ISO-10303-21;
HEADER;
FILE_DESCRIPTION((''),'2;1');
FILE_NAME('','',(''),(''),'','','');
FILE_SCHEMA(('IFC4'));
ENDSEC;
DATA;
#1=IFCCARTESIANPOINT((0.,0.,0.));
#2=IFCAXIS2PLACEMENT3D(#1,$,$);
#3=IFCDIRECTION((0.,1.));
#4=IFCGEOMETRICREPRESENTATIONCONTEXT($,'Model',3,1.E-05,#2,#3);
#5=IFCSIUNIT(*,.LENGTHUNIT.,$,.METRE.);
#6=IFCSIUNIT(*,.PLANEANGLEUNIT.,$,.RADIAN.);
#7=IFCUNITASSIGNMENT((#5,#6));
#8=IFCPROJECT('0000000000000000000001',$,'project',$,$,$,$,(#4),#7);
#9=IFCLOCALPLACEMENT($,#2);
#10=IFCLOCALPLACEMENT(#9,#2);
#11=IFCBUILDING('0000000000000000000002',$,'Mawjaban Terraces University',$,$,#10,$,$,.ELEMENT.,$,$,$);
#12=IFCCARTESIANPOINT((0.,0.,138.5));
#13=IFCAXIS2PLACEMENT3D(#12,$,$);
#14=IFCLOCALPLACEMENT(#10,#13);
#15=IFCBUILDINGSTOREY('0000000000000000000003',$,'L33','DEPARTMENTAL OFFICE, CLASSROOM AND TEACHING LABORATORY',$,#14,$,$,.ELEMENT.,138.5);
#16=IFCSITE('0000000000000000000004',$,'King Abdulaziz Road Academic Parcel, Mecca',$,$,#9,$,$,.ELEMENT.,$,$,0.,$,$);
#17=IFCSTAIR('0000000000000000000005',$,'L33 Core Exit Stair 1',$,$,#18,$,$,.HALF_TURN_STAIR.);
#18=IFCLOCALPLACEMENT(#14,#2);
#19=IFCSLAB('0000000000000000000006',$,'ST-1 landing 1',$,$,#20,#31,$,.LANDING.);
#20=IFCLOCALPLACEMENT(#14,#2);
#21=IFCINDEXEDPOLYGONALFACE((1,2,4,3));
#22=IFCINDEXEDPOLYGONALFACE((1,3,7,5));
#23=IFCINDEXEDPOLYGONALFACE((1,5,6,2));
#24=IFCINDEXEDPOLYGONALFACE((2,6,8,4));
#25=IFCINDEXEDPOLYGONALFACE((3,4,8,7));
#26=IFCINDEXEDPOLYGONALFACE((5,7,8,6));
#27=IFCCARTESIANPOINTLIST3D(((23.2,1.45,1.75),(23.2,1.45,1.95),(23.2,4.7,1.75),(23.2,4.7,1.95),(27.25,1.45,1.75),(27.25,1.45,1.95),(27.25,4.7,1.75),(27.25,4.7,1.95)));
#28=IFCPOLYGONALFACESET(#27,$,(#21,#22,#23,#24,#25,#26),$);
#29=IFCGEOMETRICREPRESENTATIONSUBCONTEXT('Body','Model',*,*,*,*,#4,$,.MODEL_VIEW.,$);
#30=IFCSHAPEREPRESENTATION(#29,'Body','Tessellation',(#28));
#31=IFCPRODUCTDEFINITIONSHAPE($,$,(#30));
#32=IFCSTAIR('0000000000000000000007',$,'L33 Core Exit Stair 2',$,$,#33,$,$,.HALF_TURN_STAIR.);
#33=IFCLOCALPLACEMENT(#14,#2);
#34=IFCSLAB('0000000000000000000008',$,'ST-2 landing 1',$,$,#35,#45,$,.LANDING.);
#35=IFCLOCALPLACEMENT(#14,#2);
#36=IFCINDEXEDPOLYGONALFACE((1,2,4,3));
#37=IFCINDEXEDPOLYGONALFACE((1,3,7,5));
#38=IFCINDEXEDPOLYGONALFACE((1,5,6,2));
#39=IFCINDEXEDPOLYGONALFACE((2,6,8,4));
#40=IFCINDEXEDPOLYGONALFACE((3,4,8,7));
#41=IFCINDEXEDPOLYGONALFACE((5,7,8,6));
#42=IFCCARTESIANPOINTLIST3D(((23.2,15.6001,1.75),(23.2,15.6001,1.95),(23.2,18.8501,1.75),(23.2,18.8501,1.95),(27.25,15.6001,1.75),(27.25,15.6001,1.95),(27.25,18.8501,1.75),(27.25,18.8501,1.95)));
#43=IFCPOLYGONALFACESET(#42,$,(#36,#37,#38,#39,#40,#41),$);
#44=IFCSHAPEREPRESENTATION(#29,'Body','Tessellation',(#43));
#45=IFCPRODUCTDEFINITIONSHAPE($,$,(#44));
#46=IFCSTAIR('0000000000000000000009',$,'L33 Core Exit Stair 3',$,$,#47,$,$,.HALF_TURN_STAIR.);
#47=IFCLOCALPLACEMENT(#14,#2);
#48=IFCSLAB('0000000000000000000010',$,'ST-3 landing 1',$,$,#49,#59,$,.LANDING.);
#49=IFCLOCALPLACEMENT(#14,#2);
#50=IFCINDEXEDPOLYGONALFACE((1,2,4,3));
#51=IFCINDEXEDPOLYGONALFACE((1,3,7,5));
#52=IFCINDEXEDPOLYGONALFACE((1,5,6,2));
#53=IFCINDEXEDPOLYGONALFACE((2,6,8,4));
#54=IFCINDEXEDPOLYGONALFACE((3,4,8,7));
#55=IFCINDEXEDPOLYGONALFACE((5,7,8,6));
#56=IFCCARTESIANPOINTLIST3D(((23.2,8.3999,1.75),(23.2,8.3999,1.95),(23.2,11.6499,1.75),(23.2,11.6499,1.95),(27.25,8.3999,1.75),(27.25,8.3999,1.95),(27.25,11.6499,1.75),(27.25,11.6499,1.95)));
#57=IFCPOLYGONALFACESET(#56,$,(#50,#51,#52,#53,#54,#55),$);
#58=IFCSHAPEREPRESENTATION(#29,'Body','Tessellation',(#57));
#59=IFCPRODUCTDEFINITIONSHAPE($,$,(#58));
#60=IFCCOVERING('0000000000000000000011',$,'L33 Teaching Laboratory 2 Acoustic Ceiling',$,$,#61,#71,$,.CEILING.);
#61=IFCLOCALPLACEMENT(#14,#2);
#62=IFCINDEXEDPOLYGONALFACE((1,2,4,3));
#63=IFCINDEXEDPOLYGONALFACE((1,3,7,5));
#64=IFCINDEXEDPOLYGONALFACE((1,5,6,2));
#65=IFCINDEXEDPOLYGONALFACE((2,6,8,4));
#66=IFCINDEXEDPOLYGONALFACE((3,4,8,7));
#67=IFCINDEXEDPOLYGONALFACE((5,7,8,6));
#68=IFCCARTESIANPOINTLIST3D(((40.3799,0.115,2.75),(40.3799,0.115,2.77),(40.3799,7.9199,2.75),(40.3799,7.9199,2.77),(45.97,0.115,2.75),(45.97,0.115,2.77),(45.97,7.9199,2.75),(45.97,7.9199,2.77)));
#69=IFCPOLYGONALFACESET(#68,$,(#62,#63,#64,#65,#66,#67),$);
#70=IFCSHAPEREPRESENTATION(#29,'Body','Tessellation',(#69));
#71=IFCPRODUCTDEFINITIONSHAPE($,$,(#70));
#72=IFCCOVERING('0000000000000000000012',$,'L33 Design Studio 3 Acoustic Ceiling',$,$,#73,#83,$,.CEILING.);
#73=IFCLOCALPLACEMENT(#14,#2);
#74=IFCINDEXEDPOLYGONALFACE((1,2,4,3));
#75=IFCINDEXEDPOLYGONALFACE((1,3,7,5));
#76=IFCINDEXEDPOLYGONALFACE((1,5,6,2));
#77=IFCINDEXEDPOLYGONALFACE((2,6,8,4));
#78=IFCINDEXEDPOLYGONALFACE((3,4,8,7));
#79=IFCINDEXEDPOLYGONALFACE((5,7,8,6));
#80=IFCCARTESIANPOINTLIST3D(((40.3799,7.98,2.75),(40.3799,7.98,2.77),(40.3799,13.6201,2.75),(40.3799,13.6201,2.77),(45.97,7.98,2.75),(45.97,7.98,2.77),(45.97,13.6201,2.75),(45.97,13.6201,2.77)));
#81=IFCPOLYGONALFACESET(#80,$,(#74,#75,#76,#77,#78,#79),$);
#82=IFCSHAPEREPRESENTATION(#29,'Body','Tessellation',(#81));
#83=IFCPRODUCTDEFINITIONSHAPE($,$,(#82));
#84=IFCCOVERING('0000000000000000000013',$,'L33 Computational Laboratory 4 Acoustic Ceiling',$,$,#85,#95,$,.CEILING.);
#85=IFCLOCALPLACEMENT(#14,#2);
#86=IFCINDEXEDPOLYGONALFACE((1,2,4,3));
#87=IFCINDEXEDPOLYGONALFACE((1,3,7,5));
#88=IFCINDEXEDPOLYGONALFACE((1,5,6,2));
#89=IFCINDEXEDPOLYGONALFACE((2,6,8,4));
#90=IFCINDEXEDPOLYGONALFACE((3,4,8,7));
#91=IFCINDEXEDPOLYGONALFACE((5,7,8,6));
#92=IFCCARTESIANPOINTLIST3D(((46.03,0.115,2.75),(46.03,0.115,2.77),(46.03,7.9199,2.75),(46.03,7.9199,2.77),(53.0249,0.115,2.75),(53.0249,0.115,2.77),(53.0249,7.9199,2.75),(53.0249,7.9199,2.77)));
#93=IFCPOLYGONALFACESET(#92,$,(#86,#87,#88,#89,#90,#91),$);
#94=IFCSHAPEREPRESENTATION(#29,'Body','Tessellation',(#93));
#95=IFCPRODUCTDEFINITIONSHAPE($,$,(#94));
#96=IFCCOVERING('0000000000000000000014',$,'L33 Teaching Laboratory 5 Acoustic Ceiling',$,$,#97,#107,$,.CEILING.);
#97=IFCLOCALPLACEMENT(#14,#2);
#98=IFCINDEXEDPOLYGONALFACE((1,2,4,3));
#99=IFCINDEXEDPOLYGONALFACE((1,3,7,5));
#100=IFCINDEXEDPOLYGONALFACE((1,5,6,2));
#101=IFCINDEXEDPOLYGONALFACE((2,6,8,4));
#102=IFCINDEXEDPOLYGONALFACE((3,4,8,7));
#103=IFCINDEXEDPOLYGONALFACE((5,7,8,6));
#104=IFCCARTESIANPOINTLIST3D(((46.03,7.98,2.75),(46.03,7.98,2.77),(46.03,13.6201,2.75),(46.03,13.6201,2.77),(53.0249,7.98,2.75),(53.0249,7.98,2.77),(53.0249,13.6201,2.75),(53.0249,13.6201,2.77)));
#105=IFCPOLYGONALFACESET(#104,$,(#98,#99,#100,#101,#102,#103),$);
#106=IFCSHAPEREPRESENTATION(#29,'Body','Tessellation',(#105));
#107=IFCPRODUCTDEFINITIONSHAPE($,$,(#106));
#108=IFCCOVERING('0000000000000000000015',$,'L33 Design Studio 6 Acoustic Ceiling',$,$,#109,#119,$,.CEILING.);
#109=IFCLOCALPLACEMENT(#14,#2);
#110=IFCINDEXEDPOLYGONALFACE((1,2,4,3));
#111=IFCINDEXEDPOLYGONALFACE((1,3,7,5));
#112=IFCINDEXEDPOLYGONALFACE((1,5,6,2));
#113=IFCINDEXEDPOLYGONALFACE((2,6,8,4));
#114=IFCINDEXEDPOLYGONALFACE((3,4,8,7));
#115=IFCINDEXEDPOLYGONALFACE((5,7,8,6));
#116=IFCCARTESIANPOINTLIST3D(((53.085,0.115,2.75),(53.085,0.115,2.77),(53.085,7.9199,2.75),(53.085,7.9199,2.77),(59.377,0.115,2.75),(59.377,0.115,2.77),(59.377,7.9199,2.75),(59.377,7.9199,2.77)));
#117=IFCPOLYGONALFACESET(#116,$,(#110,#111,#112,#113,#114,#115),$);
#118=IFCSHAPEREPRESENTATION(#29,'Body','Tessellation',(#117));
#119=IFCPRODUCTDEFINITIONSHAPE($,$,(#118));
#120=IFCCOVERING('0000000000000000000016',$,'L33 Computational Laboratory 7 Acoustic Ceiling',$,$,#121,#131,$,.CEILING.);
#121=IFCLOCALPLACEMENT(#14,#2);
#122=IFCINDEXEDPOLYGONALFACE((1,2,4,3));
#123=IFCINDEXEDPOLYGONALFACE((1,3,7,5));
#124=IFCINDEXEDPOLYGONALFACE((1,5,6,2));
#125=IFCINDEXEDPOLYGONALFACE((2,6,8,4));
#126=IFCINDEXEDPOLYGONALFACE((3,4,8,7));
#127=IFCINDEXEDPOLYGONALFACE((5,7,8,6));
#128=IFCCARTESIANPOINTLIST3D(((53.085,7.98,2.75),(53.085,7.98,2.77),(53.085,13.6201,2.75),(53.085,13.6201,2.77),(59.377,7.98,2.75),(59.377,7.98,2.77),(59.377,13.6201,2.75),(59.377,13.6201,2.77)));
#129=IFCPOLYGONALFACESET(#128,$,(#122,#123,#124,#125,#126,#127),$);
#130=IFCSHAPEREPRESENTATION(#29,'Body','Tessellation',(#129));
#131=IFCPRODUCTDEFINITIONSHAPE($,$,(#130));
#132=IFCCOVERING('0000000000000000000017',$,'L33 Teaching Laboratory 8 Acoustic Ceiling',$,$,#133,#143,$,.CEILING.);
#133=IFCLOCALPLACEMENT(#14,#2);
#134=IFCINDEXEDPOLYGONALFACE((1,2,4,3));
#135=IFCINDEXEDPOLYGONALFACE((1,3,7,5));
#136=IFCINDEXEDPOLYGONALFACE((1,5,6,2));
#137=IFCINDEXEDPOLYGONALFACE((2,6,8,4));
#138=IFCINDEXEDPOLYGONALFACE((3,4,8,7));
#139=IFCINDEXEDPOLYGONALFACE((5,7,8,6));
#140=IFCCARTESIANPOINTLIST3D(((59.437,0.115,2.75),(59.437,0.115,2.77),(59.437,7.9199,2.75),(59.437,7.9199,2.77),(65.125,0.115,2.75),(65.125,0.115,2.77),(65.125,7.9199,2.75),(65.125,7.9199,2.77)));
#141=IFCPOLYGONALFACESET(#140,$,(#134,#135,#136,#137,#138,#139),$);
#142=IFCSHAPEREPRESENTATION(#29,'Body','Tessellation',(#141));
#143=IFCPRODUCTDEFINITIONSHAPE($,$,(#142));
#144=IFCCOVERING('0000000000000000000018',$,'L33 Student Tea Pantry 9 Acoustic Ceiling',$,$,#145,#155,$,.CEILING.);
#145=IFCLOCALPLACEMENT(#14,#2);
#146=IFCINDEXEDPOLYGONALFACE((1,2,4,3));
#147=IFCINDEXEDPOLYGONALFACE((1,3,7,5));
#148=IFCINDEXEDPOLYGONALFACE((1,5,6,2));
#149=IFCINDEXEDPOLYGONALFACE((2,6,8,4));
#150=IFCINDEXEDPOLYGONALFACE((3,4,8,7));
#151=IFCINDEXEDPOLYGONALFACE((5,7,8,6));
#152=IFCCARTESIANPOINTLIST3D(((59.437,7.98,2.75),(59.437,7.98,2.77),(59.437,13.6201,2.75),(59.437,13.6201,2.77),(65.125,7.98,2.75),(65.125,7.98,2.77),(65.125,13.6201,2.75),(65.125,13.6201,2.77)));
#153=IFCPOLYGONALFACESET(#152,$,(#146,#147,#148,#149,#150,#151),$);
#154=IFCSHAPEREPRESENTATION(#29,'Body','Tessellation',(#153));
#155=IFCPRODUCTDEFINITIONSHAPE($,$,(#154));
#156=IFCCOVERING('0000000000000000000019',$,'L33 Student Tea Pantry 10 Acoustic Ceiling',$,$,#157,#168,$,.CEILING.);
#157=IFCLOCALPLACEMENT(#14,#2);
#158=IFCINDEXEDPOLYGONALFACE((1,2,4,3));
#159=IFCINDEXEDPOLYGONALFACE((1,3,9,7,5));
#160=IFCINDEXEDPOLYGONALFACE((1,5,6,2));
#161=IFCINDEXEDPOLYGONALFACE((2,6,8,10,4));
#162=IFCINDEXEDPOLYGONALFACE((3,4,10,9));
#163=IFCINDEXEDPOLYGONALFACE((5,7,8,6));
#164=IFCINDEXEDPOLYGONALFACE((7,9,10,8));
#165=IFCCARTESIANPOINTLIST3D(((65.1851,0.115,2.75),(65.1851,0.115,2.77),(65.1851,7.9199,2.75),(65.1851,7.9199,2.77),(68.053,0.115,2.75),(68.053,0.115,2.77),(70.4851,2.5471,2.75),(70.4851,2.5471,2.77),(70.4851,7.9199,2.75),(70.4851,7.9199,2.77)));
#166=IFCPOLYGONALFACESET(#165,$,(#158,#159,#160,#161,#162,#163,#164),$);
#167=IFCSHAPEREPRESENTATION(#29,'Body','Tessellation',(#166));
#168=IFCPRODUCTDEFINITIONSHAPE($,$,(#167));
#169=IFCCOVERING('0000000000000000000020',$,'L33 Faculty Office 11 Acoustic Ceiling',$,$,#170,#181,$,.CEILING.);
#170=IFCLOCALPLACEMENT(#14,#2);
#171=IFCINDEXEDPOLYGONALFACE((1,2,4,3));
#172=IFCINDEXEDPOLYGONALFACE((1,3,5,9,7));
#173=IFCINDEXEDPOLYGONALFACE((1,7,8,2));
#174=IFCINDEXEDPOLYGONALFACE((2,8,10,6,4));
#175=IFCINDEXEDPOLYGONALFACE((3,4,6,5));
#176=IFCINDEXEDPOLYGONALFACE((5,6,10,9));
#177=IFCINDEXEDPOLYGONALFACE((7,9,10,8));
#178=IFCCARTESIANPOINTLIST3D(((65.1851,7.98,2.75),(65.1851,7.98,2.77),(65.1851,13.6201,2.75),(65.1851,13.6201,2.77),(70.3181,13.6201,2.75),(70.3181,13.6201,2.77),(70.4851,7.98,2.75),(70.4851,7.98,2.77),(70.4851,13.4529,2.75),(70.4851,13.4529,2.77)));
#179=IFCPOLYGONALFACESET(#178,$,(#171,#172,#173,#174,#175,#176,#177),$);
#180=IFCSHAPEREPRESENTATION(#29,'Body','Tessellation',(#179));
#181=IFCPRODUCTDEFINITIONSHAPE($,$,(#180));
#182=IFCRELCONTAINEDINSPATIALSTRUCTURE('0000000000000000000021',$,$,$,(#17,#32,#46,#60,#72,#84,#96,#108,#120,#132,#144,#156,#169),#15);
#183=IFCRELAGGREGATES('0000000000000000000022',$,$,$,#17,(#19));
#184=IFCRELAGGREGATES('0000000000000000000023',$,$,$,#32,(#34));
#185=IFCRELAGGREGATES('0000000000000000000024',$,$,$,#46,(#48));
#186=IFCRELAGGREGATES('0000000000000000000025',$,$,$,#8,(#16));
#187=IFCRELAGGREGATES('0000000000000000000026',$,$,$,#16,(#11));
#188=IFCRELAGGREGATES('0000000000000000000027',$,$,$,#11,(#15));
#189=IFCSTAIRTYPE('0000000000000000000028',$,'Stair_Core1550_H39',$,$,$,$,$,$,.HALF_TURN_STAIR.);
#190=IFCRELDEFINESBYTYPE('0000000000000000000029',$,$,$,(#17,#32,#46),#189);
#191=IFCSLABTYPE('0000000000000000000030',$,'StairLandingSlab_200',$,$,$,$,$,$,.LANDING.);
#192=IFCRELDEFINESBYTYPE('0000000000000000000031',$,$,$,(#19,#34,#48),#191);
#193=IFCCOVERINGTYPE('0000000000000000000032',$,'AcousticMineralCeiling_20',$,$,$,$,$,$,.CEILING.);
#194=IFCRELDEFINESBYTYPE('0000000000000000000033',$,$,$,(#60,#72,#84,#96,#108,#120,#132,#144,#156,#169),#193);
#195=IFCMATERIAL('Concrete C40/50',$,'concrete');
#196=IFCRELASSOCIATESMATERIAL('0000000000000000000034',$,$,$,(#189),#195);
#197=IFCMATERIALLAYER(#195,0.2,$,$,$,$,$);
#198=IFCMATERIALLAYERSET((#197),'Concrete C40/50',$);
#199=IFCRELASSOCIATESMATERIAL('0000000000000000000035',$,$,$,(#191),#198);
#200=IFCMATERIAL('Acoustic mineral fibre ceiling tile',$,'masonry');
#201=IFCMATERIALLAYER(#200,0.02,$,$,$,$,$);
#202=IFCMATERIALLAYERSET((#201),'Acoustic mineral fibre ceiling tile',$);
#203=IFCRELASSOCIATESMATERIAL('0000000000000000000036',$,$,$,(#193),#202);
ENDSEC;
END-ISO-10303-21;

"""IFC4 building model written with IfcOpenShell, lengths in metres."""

from ifc_helpers import new_model, si_unit, direction, frame, origin, place, context, subcontext, project, spatial, polyline, outline, extrude, material, layer, layer_set, type_object, element, aggregate, save


model = new_model("IFC4")

# Units and contexts
model_context = context("Model", 3, precision=1e-05, world=origin(), true_north=direction((0.0, 1.0)))
body_context = subcontext(model_context, "Body", "Model", "MODEL_VIEW")
ifc_project = project(units=[si_unit("LENGTHUNIT", "METRE"), si_unit("PLANEANGLEUNIT", "RADIAN")], contexts=[model_context])

# Site, building, storey
site_placement = place(None, origin())
site = spatial("IfcSite", under=ifc_project, at=site_placement, Name="King Abdulaziz Road Academic Parcel, Mecca", CompositionType="ELEMENT", RefElevation=0.0)
building_placement = place(site_placement, origin())
building = spatial("IfcBuilding", under=site, at=building_placement, Name="Mawjaban Terraces University", CompositionType="ELEMENT")
storey_placement = place(building_placement, frame((0.0, 0.0, 138.5)))
storey = spatial("IfcBuildingStorey", under=building, at=storey_placement, Name="L33", Description="DEPARTMENTAL OFFICE, CLASSROOM AND TEACHING LABORATORY", CompositionType="ELEMENT", Elevation=138.5)

# Shared definitions
ifc_material_1 = material(Name="Concrete C40/50", Category="concrete")

# Stairs, slabs
stair_type = type_object("IfcStairType", Name="Stair_Core1550_H39", PredefinedType="HALF_TURN_STAIR", material=ifc_material_1)
stair_1_placement = place(storey_placement, origin())
stair_1 = element("IfcStair", 1, at=stair_1_placement, inside=storey, type_object=stair_type, Name="L33 Core Exit Stair 1", PredefinedType="HALF_TURN_STAIR")
ifc_layer_1 = layer(ifc_material_1, 0.2)
ifc_layer_set_1 = layer_set([ifc_layer_1], Name="Concrete C40/50")
slab_type_1 = type_object("IfcSlabType", Name="StairLandingSlab_200", PredefinedType="LANDING", material=ifc_layer_set_1)
slab_1_placement = place(storey_placement, frame((0.0, 0.0, 1.75)))
slab_1 = element("IfcSlab", 2, at=slab_1_placement, type_object=slab_type_1, Name="ST-1 landing 1", PredefinedType="LANDING", context=body_context, shape_type="SweptSolid", body=[
    extrude(outline(polyline([(27.25, 4.7), (23.2, 4.7), (23.2, 1.45), (27.25, 1.45), (27.25, 4.7)])), origin(), (0.0, 0.0, 1.0), 0.2),
])
aggregate(stair_1, [slab_1])
stair_2_placement = place(storey_placement, origin())
stair_2 = element("IfcStair", 3, at=stair_2_placement, inside=storey, type_object=stair_type, Name="L33 Core Exit Stair 2", PredefinedType="HALF_TURN_STAIR")
slab_2_placement = place(storey_placement, frame((0.0, 0.0, 1.75)))
slab_2 = element("IfcSlab", 4, at=slab_2_placement, type_object=slab_type_1, Name="ST-2 landing 1", PredefinedType="LANDING", context=body_context, shape_type="SweptSolid", body=[
    extrude(outline(polyline([(27.25, 18.8501), (23.2, 18.8501), (23.2, 15.6001), (27.25, 15.6001), (27.25, 18.8501)])), origin(), (0.0, 0.0, 1.0), 0.2),
])
aggregate(stair_2, [slab_2])
stair_3_placement = place(storey_placement, origin())
stair_3 = element("IfcStair", 5, at=stair_3_placement, inside=storey, type_object=stair_type, Name="L33 Core Exit Stair 3", PredefinedType="HALF_TURN_STAIR")
slab_3_placement = place(storey_placement, frame((0.0, 0.0, 1.75)))
slab_3 = element("IfcSlab", 6, at=slab_3_placement, type_object=slab_type_1, Name="ST-3 landing 1", PredefinedType="LANDING", context=body_context, shape_type="SweptSolid", body=[
    extrude(outline(polyline([(27.25, 11.6499), (23.2, 11.6499), (23.2, 8.3999), (27.25, 8.3999), (27.25, 11.6499)])), origin(), (0.0, 0.0, 1.0), 0.2),
])
aggregate(stair_3, [slab_3])

# Coverings
ifc_material_2 = material(Name="Acoustic mineral fibre ceiling tile", Category="masonry")
ifc_layer_2 = layer(ifc_material_2, 0.02)
ifc_layer_set_2 = layer_set([ifc_layer_2], Name="Acoustic mineral fibre ceiling tile")
covering_type = type_object("IfcCoveringType", Name="AcousticMineralCeiling_20", PredefinedType="CEILING", material=ifc_layer_set_2)
covering_1_placement = place(storey_placement, frame((0.0, 0.0, 2.75)))
element("IfcCovering", 7, at=covering_1_placement, inside=storey, type_object=covering_type, Name="L33 Teaching Laboratory 2 Acoustic Ceiling", PredefinedType="CEILING", context=body_context, shape_type="SweptSolid", body=[
    extrude(outline(polyline([(40.3799, 0.115), (45.97, 0.115), (45.97, 7.9199), (40.3799, 7.9199), (40.3799, 0.115)])), origin(), (0.0, 0.0, 1.0), 0.02),
])
covering_2_placement = place(storey_placement, frame((0.0, 0.0, 2.75)))
element("IfcCovering", 8, at=covering_2_placement, inside=storey, type_object=covering_type, Name="L33 Design Studio 3 Acoustic Ceiling", PredefinedType="CEILING", context=body_context, shape_type="SweptSolid", body=[
    extrude(outline(polyline([(45.97, 7.98), (45.97, 13.6201), (40.3799, 13.6201), (40.3799, 7.98), (45.97, 7.98)])), origin(), (0.0, 0.0, 1.0), 0.02),
])
covering_3_placement = place(storey_placement, frame((0.0, 0.0, 2.75)))
element("IfcCovering", 9, at=covering_3_placement, inside=storey, type_object=covering_type, Name="L33 Computational Laboratory 4 Acoustic Ceiling", PredefinedType="CEILING", context=body_context, shape_type="SweptSolid", body=[
    extrude(outline(polyline([(46.03, 0.115), (53.0249, 0.115), (53.0249, 7.9199), (46.03, 7.9199), (46.03, 0.115)])), origin(), (0.0, 0.0, 1.0), 0.02),
])
covering_4_placement = place(storey_placement, frame((0.0, 0.0, 2.75)))
element("IfcCovering", 10, at=covering_4_placement, inside=storey, type_object=covering_type, Name="L33 Teaching Laboratory 5 Acoustic Ceiling", PredefinedType="CEILING", context=body_context, shape_type="SweptSolid", body=[
    extrude(outline(polyline([(53.0249, 7.98), (53.0249, 13.6201), (46.03, 13.6201), (46.03, 7.98), (53.0249, 7.98)])), origin(), (0.0, 0.0, 1.0), 0.02),
])
covering_5_placement = place(storey_placement, frame((0.0, 0.0, 2.75)))
element("IfcCovering", 11, at=covering_5_placement, inside=storey, type_object=covering_type, Name="L33 Design Studio 6 Acoustic Ceiling", PredefinedType="CEILING", context=body_context, shape_type="SweptSolid", body=[
    extrude(outline(polyline([(53.085, 0.115), (59.377, 0.115), (59.377, 7.9199), (53.085, 7.9199), (53.085, 0.115)])), origin(), (0.0, 0.0, 1.0), 0.02),
])
covering_6_placement = place(storey_placement, frame((0.0, 0.0, 2.75)))
element("IfcCovering", 12, at=covering_6_placement, inside=storey, type_object=covering_type, Name="L33 Computational Laboratory 7 Acoustic Ceiling", PredefinedType="CEILING", context=body_context, shape_type="SweptSolid", body=[
    extrude(outline(polyline([(59.377, 7.98), (59.377, 13.6201), (53.085, 13.6201), (53.085, 7.98), (59.377, 7.98)])), origin(), (0.0, 0.0, 1.0), 0.02),
])
covering_7_placement = place(storey_placement, frame((0.0, 0.0, 2.75)))
element("IfcCovering", 13, at=covering_7_placement, inside=storey, type_object=covering_type, Name="L33 Teaching Laboratory 8 Acoustic Ceiling", PredefinedType="CEILING", context=body_context, shape_type="SweptSolid", body=[
    extrude(outline(polyline([(59.437, 0.115), (65.125, 0.115), (65.125, 7.9199), (59.437, 7.9199), (59.437, 0.115)])), origin(), (0.0, 0.0, 1.0), 0.02),
])
covering_8_placement = place(storey_placement, frame((0.0, 0.0, 2.75)))
element("IfcCovering", 14, at=covering_8_placement, inside=storey, type_object=covering_type, Name="L33 Student Tea Pantry 9 Acoustic Ceiling", PredefinedType="CEILING", context=body_context, shape_type="SweptSolid", body=[
    extrude(outline(polyline([(65.125, 7.98), (65.125, 13.6201), (59.437, 13.6201), (59.437, 7.98), (65.125, 7.98)])), origin(), (0.0, 0.0, 1.0), 0.02),
])
covering_9_placement = place(storey_placement, frame((0.0, 0.0, 2.75)))
element("IfcCovering", 15, at=covering_9_placement, inside=storey, type_object=covering_type, Name="L33 Student Tea Pantry 10 Acoustic Ceiling", PredefinedType="CEILING", context=body_context, shape_type="SweptSolid", body=[
    extrude(outline(polyline([(65.1851, 0.115), (68.053, 0.115), (70.4851, 2.5471), (70.4851, 7.9199), (65.1851, 7.9199), (65.1851, 0.115)])), origin(), (0.0, 0.0, 1.0), 0.02),
])
covering_10_placement = place(storey_placement, frame((0.0, 0.0, 2.75)))
element("IfcCovering", 16, at=covering_10_placement, inside=storey, type_object=covering_type, Name="L33 Faculty Office 11 Acoustic Ceiling", PredefinedType="CEILING", context=body_context, shape_type="SweptSolid", body=[
    extrude(outline(polyline([(70.4851, 7.98), (70.4851, 13.4529), (70.3181, 13.6201), (65.1851, 13.6201), (65.1851, 7.98), (70.4851, 7.98)])), origin(), (0.0, 0.0, 1.0), 0.02),
])

save(model, "model.ifc")
